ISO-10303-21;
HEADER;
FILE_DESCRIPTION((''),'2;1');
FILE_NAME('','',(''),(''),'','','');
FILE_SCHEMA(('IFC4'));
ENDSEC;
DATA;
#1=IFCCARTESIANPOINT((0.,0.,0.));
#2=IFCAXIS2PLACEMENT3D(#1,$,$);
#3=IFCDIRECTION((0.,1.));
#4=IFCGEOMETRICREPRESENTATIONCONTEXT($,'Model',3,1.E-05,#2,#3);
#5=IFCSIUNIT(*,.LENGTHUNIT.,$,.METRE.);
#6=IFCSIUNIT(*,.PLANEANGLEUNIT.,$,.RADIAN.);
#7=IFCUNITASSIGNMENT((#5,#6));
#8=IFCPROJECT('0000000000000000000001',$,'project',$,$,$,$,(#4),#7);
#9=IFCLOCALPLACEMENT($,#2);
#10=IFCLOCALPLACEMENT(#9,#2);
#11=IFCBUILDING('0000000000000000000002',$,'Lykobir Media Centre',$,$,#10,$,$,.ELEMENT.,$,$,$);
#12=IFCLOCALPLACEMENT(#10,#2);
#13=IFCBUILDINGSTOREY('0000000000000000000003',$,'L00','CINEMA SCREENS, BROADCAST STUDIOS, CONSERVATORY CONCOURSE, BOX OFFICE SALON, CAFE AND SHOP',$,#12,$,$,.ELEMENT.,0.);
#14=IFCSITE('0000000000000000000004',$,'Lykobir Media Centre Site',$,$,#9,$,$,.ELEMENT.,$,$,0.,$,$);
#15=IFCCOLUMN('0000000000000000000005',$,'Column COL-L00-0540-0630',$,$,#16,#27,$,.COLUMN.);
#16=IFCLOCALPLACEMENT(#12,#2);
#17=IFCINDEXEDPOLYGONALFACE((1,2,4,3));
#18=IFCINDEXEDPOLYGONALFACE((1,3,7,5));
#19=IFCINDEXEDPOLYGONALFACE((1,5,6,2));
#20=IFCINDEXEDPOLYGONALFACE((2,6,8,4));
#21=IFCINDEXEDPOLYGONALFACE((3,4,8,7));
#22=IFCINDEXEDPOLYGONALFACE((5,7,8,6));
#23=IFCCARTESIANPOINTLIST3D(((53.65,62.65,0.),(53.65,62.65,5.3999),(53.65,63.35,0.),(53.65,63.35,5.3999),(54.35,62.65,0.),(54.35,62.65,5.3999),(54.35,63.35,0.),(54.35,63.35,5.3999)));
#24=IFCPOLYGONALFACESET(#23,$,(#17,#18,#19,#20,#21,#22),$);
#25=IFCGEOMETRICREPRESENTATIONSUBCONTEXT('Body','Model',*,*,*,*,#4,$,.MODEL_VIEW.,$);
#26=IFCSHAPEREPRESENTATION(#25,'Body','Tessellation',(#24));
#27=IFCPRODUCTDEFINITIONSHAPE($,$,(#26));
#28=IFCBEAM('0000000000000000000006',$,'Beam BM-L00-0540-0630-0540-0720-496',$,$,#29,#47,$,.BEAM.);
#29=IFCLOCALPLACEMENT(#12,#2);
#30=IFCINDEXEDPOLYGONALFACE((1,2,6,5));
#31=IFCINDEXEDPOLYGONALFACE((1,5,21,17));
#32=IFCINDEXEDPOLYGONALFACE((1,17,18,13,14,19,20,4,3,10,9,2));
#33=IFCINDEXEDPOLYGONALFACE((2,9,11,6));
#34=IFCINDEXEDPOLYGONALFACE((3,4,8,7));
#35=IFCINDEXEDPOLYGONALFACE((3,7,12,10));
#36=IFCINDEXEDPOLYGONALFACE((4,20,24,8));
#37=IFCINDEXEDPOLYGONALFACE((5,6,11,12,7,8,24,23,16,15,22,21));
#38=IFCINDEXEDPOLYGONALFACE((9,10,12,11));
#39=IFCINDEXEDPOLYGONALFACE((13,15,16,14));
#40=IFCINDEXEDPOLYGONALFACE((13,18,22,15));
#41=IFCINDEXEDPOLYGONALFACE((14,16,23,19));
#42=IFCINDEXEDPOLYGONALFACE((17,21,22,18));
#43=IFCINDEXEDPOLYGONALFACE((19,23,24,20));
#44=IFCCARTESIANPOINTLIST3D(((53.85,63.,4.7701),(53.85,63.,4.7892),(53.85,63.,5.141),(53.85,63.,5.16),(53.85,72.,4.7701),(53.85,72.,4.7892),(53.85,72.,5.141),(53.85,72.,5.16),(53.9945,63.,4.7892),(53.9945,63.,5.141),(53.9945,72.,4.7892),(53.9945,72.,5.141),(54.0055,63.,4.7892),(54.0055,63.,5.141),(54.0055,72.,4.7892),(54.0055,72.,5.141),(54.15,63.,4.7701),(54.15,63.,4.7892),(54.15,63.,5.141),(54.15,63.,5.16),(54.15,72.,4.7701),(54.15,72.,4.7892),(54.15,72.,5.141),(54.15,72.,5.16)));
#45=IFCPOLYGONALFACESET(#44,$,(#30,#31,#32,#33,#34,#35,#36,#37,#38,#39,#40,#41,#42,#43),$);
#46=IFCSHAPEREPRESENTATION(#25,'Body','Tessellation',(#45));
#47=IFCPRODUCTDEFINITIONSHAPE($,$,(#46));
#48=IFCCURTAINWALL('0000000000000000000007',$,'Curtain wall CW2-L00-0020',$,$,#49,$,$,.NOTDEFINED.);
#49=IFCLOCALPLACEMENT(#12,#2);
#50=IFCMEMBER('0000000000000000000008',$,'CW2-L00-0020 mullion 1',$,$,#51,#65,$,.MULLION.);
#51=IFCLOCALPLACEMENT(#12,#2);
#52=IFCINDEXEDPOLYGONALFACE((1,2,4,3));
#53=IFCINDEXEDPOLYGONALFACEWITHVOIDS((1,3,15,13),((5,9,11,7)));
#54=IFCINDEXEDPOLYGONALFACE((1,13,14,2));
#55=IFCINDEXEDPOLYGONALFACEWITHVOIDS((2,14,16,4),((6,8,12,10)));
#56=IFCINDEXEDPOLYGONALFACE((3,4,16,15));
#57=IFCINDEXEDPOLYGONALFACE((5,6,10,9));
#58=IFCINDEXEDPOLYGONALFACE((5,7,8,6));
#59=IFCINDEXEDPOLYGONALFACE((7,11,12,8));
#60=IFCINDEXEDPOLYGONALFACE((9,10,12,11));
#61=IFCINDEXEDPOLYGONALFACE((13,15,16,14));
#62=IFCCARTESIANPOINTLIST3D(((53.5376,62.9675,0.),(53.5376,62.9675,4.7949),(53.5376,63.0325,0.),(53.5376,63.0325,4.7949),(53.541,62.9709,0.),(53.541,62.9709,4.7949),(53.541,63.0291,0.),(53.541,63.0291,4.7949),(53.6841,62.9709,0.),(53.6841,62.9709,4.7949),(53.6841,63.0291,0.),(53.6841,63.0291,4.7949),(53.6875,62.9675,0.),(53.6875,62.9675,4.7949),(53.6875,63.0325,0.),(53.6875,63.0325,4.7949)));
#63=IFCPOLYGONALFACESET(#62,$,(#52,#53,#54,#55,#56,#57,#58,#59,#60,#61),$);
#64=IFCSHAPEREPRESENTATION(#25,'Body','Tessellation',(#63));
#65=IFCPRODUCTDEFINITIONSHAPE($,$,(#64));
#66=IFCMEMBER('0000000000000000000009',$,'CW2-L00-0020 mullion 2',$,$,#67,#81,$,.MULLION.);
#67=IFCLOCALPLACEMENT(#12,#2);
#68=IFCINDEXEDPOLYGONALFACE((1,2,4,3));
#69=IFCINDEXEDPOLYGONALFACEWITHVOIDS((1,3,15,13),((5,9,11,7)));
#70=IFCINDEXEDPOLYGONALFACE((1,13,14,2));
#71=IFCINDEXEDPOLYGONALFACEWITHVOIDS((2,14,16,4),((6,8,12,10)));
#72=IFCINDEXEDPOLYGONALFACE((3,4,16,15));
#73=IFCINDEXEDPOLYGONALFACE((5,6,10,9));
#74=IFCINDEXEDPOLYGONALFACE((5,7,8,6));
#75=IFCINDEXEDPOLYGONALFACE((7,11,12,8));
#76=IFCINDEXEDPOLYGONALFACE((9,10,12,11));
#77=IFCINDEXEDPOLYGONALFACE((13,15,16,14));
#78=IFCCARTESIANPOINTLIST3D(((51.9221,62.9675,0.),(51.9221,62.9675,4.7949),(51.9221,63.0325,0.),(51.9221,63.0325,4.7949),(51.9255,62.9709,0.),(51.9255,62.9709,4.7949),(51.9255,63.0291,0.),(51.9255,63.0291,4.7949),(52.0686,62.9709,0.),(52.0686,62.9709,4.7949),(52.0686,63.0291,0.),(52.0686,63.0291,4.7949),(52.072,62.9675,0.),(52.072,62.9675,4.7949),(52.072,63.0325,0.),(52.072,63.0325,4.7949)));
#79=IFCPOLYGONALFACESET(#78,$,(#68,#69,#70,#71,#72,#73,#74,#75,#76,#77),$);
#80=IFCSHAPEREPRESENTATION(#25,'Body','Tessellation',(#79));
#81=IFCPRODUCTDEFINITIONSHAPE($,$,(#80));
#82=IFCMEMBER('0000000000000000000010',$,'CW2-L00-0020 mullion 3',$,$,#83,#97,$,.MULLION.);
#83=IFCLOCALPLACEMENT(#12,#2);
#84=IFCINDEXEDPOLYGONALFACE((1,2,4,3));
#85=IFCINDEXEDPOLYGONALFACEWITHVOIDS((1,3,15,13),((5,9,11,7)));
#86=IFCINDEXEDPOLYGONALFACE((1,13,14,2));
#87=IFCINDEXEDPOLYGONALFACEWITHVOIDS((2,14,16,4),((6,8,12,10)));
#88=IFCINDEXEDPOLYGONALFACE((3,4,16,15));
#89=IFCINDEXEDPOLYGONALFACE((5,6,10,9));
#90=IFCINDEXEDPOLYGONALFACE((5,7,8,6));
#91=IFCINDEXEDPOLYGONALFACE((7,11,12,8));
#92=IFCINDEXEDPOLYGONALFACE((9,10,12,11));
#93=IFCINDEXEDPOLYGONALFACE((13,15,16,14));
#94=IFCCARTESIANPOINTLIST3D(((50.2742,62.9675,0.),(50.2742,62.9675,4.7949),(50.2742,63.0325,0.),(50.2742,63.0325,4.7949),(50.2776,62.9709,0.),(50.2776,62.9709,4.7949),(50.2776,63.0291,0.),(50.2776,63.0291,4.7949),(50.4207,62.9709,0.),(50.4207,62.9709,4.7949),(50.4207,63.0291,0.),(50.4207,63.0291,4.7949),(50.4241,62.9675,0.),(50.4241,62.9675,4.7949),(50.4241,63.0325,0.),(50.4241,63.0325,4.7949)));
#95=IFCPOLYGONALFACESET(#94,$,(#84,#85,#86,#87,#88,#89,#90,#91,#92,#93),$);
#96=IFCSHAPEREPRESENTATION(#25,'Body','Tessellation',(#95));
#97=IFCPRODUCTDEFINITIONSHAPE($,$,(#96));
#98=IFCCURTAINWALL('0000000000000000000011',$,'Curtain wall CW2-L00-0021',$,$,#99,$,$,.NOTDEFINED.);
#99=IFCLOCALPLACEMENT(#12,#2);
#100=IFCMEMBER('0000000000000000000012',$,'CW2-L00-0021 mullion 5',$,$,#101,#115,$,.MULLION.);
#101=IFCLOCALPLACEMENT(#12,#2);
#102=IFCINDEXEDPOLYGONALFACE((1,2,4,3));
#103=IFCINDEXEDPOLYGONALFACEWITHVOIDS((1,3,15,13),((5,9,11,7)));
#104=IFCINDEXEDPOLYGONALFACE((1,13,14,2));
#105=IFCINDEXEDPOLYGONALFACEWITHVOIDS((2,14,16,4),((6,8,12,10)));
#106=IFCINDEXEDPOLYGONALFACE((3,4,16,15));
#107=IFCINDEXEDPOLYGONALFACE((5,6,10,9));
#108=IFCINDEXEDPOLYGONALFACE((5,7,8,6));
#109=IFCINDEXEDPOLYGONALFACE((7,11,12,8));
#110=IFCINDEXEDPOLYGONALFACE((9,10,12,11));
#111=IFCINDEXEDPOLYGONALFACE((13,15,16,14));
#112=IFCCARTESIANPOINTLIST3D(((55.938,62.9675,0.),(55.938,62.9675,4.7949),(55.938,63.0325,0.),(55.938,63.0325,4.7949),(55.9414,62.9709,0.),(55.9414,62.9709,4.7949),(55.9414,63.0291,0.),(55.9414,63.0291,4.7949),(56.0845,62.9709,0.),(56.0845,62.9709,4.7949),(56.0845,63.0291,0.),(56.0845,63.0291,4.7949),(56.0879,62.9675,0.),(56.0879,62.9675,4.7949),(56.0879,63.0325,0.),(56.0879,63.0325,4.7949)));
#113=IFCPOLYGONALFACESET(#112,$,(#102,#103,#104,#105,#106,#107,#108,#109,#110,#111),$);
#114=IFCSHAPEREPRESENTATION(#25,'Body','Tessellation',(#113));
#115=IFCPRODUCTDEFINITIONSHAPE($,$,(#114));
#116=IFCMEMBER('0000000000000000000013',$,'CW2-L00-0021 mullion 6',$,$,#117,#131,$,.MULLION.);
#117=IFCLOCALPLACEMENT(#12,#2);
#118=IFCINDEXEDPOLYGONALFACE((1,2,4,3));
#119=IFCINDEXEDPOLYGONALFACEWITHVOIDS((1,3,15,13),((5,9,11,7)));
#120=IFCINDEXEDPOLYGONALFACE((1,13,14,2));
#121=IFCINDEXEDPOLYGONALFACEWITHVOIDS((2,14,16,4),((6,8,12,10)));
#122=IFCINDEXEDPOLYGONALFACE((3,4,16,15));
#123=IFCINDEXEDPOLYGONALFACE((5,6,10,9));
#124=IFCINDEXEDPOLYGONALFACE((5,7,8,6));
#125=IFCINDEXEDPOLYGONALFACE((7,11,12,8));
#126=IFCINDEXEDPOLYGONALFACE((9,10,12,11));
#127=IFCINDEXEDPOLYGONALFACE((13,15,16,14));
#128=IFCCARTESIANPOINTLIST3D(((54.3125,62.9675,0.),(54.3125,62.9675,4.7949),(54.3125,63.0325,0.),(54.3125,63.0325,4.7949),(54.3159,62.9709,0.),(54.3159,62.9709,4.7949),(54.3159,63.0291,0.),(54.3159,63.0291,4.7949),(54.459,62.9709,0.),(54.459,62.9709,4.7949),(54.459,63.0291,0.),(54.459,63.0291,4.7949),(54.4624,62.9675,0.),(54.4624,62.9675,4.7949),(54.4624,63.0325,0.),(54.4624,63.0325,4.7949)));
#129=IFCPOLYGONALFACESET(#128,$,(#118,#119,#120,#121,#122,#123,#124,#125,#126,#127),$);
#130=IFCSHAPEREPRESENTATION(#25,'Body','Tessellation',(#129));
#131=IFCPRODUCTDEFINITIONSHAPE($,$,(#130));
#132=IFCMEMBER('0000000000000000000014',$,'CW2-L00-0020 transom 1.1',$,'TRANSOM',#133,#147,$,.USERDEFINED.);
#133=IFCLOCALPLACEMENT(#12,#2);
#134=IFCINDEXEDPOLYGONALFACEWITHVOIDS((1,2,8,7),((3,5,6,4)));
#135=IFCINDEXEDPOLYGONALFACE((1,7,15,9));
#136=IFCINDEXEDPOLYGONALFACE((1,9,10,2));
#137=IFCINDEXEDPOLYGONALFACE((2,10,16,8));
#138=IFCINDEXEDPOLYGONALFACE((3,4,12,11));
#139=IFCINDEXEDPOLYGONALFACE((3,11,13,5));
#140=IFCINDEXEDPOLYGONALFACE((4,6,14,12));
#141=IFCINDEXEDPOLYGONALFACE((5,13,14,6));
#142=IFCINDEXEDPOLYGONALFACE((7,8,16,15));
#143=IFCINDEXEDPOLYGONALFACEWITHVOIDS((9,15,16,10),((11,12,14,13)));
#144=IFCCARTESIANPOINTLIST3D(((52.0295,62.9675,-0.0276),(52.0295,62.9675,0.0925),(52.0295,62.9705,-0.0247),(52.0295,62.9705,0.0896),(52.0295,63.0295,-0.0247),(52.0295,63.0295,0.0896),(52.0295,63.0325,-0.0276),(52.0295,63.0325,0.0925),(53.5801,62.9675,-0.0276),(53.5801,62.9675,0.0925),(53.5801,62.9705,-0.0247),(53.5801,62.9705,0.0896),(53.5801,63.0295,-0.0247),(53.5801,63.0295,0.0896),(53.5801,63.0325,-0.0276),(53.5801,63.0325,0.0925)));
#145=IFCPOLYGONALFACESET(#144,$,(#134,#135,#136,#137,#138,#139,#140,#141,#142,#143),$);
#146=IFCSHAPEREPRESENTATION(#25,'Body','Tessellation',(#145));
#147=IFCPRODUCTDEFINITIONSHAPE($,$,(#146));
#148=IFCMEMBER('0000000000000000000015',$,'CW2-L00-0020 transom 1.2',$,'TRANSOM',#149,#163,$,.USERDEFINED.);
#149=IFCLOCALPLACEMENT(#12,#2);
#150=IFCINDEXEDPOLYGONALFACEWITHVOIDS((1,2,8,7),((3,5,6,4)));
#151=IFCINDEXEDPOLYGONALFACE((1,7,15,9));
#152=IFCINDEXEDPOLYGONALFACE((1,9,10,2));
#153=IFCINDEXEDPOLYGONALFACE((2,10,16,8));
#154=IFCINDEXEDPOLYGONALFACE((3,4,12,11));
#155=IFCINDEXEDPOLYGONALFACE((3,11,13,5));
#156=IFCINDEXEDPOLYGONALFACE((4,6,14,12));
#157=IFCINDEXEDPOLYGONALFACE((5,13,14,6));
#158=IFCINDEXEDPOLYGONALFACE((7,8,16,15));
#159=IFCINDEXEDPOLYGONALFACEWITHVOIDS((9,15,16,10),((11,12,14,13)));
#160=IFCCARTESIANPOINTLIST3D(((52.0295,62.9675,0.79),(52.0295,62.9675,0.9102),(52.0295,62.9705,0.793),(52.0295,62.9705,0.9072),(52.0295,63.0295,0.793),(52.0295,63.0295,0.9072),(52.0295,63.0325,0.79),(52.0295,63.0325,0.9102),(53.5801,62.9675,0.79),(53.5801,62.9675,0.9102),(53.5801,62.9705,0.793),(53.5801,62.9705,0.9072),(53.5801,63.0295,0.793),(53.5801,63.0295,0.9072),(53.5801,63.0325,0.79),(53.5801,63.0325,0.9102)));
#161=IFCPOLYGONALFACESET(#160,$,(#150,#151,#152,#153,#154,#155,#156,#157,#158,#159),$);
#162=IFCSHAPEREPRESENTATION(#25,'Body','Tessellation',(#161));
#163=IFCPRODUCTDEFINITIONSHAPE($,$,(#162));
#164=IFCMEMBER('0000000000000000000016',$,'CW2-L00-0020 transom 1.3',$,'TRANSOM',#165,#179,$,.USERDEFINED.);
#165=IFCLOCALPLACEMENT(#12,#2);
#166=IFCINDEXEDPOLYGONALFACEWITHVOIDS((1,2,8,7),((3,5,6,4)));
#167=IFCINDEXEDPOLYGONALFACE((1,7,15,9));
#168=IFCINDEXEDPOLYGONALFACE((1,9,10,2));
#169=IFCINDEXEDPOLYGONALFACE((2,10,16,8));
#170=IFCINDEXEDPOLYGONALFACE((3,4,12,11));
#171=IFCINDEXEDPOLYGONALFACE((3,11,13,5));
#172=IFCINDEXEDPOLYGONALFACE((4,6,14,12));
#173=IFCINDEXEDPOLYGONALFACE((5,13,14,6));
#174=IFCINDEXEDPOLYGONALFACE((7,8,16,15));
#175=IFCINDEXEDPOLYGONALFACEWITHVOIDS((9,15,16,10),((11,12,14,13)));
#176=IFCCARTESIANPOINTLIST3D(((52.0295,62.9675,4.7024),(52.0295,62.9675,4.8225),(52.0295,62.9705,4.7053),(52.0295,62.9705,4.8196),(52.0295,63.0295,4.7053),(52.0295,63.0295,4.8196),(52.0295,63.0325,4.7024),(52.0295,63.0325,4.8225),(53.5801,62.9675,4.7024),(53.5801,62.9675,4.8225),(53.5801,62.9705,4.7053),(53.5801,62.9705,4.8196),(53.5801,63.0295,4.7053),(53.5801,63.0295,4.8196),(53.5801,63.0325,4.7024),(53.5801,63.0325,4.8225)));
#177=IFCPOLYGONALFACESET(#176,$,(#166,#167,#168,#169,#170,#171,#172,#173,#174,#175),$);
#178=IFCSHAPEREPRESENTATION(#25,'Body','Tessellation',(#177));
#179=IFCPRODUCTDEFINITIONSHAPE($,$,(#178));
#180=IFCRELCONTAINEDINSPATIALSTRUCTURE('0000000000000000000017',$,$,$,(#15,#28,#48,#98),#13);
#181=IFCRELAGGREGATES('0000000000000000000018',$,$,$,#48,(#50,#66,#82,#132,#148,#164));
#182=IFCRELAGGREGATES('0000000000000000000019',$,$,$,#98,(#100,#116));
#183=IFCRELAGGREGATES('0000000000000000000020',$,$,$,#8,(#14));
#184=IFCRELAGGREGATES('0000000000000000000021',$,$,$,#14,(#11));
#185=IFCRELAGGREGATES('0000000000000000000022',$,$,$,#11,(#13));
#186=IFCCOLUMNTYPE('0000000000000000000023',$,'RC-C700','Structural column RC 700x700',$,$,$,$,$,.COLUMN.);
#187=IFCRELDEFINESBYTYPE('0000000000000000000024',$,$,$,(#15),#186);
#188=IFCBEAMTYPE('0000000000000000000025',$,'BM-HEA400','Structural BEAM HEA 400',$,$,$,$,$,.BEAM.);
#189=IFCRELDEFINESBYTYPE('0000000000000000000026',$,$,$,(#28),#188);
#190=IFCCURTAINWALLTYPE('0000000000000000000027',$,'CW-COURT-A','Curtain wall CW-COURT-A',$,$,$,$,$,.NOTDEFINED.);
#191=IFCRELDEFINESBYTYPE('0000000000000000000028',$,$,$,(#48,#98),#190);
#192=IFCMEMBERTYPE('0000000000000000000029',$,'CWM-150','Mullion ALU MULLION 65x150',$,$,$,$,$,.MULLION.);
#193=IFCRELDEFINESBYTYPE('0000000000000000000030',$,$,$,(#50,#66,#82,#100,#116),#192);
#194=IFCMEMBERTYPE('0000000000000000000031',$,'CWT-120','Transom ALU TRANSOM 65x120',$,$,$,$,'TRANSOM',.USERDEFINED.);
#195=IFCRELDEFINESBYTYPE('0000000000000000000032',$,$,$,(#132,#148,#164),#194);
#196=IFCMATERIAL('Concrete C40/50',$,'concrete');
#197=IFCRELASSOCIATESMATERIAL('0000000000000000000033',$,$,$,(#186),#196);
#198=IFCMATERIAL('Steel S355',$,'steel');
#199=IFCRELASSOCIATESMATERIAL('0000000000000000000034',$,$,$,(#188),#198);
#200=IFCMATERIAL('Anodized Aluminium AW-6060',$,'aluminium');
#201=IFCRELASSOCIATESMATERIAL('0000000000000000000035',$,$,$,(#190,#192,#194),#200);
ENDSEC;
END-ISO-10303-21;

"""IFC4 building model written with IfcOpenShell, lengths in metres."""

from ifc_helpers import new_model, si_unit, direction, frame, origin, origin_2d, place, context, subcontext, project, spatial, rectangle, hollow_rectangle, i_section, extrude, material, material_profile, profile_set, type_object, element, aggregate, save


model = new_model("IFC4")

# Units and contexts
model_context = context("Model", 3, precision=1e-05, world=origin(), true_north=direction((0.0, 1.0)))
body_context = subcontext(model_context, "Body", "Model", "MODEL_VIEW")
ifc_project = project(units=[si_unit("LENGTHUNIT", "METRE"), si_unit("PLANEANGLEUNIT", "RADIAN")], contexts=[model_context])

# Site, building, storey
site_placement = place(None, origin())
site = spatial("IfcSite", under=ifc_project, at=site_placement, Name="Lykobir Media Centre Site", CompositionType="ELEMENT", RefElevation=0.0)
building_placement = place(site_placement, origin())
building = spatial("IfcBuilding", under=site, at=building_placement, Name="Lykobir Media Centre", CompositionType="ELEMENT")
storey_placement = place(building_placement, origin())
storey = spatial("IfcBuildingStorey", under=building, at=storey_placement, Name="L00", Description="CINEMA SCREENS, BROADCAST STUDIOS, CONSERVATORY CONCOURSE, BOX OFFICE SALON, CAFE AND SHOP", CompositionType="ELEMENT", Elevation=0.0)

# Column
ifc_material_1 = material(Name="Concrete C40/50", Category="concrete")
ifc_material_profile_1 = material_profile(ifc_material_1, rectangle(XDim=0.7, YDim=0.7, at=origin_2d()), Name="RC 700x700")
ifc_profile_set_1 = profile_set([ifc_material_profile_1], Name="Concrete C40/50")
column_type = type_object("IfcColumnType", Name="RC-C700", Description="Structural column RC 700x700", PredefinedType="COLUMN", material=ifc_profile_set_1)
column_placement = place(storey_placement, frame((54.0, 63.0, 0.0), z_axis=(0.0, 0.0, 1.0), x_axis=(1.0, 0.0, 0.0)))
element("IfcColumn", 1, at=column_placement, inside=storey, type_object=column_type, Name="Column COL-L00-0540-0630", PredefinedType="COLUMN", context=body_context, shape_type="SweptSolid", body=[
    extrude(rectangle(XDim=0.7, YDim=0.7, at=origin_2d()), origin(), (0.0, 0.0, 1.0), 5.3999),
])

# Beam
ifc_material_2 = material(Name="Steel S355", Category="steel")
ifc_material_profile_2 = material_profile(ifc_material_2, i_section(OverallWidth=0.3, OverallDepth=0.3899, WebThickness=0.011, FlangeThickness=0.019, at=origin_2d()), Name="HEA 400")
ifc_profile_set_2 = profile_set([ifc_material_profile_2], Name="Steel S355")
beam_type_1 = type_object("IfcBeamType", Name="BM-HEA400", Description="Structural BEAM HEA 400", PredefinedType="BEAM", material=ifc_profile_set_2)
beam_1_placement = place(storey_placement, frame((54.0, 63.0, 4.9651), z_axis=(0.0, 1.0, 0.0), x_axis=(-1.0, 0.0, 0.0)))
element("IfcBeam", 2, at=beam_1_placement, inside=storey, type_object=beam_type_1, Name="Beam BM-L00-0540-0630-0540-0720-496", PredefinedType="BEAM", context=body_context, shape_type="SweptSolid", body=[
    extrude(i_section(OverallWidth=0.3, OverallDepth=0.3899, WebThickness=0.011, FlangeThickness=0.019, at=origin_2d()), origin(), (0.0, 0.0, 1.0), 9.0),
])

# Curtain walls, members
ifc_material_3 = material(Name="Anodized Aluminium AW-6060", Category="aluminium")
curtain_wall_type = type_object("IfcCurtainWallType", Name="CW-COURT-A", Description="Curtain wall CW-COURT-A", PredefinedType="NOTDEFINED", material=ifc_material_3)
curtain_wall_1_placement = place(storey_placement, origin())
curtain_wall_1 = element("IfcCurtainWall", 3, at=curtain_wall_1_placement, inside=storey, type_object=curtain_wall_type, Name="Curtain wall CW2-L00-0020", PredefinedType="NOTDEFINED")
ifc_material_profile_3 = material_profile(ifc_material_3, hollow_rectangle(XDim=0.0649, YDim=0.1499, WallThickness=0.0034, at=origin_2d()), Name="ALU MULLION 65x150")
ifc_profile_set_3 = profile_set([ifc_material_profile_3], Name="Anodized Aluminium AW-6060")
member_type_1 = type_object("IfcMemberType", Name="CWM-150", Description="Mullion ALU MULLION 65x150", PredefinedType="MULLION", material=ifc_profile_set_3)
member_1_placement = place(storey_placement, frame((53.6125, 63.0, 0.0), z_axis=(0.0, 0.0, 1.0), x_axis=(0.0, -1.0, 0.0)))
member_1 = element("IfcMember", 4, at=member_1_placement, type_object=member_type_1, Name="CW2-L00-0020 mullion 1", PredefinedType="MULLION", context=body_context, shape_type="SweptSolid", body=[
    extrude(hollow_rectangle(XDim=0.0649, YDim=0.1499, WallThickness=0.0034, at=origin_2d()), origin(), (0.0, 0.0, 1.0), 4.7949),
])
member_2_placement = place(storey_placement, frame((51.9971, 63.0, 0.0), z_axis=(0.0, 0.0, 1.0), x_axis=(0.0, -1.0, 0.0)))
member_2 = element("IfcMember", 5, at=member_2_placement, type_object=member_type_1, Name="CW2-L00-0020 mullion 2", PredefinedType="MULLION", context=body_context, shape_type="SweptSolid", body=[
    extrude(hollow_rectangle(XDim=0.0649, YDim=0.1499, WallThickness=0.0034, at=origin_2d()), origin(), (0.0, 0.0, 1.0), 4.7949),
])
member_3_placement = place(storey_placement, frame((50.3491, 63.0, 0.0), z_axis=(0.0, 0.0, 1.0), x_axis=(0.0, -1.0, 0.0)))
member_3 = element("IfcMember", 6, at=member_3_placement, type_object=member_type_1, Name="CW2-L00-0020 mullion 3", PredefinedType="MULLION", context=body_context, shape_type="SweptSolid", body=[
    extrude(hollow_rectangle(XDim=0.0649, YDim=0.1499, WallThickness=0.0034, at=origin_2d()), origin(), (0.0, 0.0, 1.0), 4.7949),
])
curtain_wall_2_placement = place(storey_placement, origin())
curtain_wall_2 = element("IfcCurtainWall", 7, at=curtain_wall_2_placement, inside=storey, type_object=curtain_wall_type, Name="Curtain wall CW2-L00-0021", PredefinedType="NOTDEFINED")
member_4_placement = place(storey_placement, frame((56.0129, 63.0, 0.0), z_axis=(0.0, 0.0, 1.0), x_axis=(0.0, -1.0, 0.0)))
member_4 = element("IfcMember", 8, at=member_4_placement, type_object=member_type_1, Name="CW2-L00-0021 mullion 5", PredefinedType="MULLION", context=body_context, shape_type="SweptSolid", body=[
    extrude(hollow_rectangle(XDim=0.0649, YDim=0.1499, WallThickness=0.0034, at=origin_2d()), origin(), (0.0, 0.0, 1.0), 4.7949),
])
member_5_placement = place(storey_placement, frame((54.3875, 63.0, 0.0), z_axis=(0.0, 0.0, 1.0), x_axis=(0.0, -1.0, 0.0)))
member_5 = element("IfcMember", 9, at=member_5_placement, type_object=member_type_1, Name="CW2-L00-0021 mullion 6", PredefinedType="MULLION", context=body_context, shape_type="SweptSolid", body=[
    extrude(hollow_rectangle(XDim=0.0649, YDim=0.1499, WallThickness=0.0034, at=origin_2d()), origin(), (0.0, 0.0, 1.0), 4.7949),
])

# Members
ifc_material_profile_4 = material_profile(ifc_material_3, hollow_rectangle(XDim=0.0649, YDim=0.1201, WallThickness=0.0029, at=origin_2d()), Name="ALU TRANSOM 65x120")
ifc_profile_set_4 = profile_set([ifc_material_profile_4], Name="Anodized Aluminium AW-6060")
member_type_2 = type_object("IfcMemberType", Name="CWT-120", Description="Transom ALU TRANSOM 65x120", ElementType="TRANSOM", PredefinedType="USERDEFINED", material=ifc_profile_set_4)
member_6_placement = place(storey_placement, frame((53.5801, 63.0, 0.0325), z_axis=(-1.0, 0.0, 0.0), x_axis=(0.0, -1.0, 0.0)))
member_6 = element("IfcMember", 10, at=member_6_placement, type_object=member_type_2, Name="CW2-L00-0020 transom 1.1", ObjectType="TRANSOM", PredefinedType="USERDEFINED", context=body_context, shape_type="SweptSolid", body=[
    extrude(hollow_rectangle(XDim=0.0649, YDim=0.1201, WallThickness=0.0029, at=origin_2d()), origin(), (0.0, 0.0, 1.0), 1.5505),
])
member_7_placement = place(storey_placement, frame((53.5801, 63.0, 0.8501), z_axis=(-1.0, 0.0, 0.0), x_axis=(0.0, -1.0, 0.0)))
member_7 = element("IfcMember", 11, at=member_7_placement, type_object=member_type_2, Name="CW2-L00-0020 transom 1.2", ObjectType="TRANSOM", PredefinedType="USERDEFINED", context=body_context, shape_type="SweptSolid", body=[
    extrude(hollow_rectangle(XDim=0.0649, YDim=0.1201, WallThickness=0.0029, at=origin_2d()), origin(), (0.0, 0.0, 1.0), 1.5505),
])
member_8_placement = place(storey_placement, frame((53.5801, 63.0, 4.7625), z_axis=(-1.0, 0.0, 0.0), x_axis=(0.0, -1.0, 0.0)))
member_8 = element("IfcMember", 12, at=member_8_placement, type_object=member_type_2, Name="CW2-L00-0020 transom 1.3", ObjectType="TRANSOM", PredefinedType="USERDEFINED", context=body_context, shape_type="SweptSolid", body=[
    extrude(hollow_rectangle(XDim=0.0649, YDim=0.1201, WallThickness=0.0029, at=origin_2d()), origin(), (0.0, 0.0, 1.0), 1.5505),
])

aggregate(curtain_wall_1, [member_1, member_2, member_3, member_6, member_7, member_8])
aggregate(curtain_wall_2, [member_4, member_5])

save(model, "model.ifc")
